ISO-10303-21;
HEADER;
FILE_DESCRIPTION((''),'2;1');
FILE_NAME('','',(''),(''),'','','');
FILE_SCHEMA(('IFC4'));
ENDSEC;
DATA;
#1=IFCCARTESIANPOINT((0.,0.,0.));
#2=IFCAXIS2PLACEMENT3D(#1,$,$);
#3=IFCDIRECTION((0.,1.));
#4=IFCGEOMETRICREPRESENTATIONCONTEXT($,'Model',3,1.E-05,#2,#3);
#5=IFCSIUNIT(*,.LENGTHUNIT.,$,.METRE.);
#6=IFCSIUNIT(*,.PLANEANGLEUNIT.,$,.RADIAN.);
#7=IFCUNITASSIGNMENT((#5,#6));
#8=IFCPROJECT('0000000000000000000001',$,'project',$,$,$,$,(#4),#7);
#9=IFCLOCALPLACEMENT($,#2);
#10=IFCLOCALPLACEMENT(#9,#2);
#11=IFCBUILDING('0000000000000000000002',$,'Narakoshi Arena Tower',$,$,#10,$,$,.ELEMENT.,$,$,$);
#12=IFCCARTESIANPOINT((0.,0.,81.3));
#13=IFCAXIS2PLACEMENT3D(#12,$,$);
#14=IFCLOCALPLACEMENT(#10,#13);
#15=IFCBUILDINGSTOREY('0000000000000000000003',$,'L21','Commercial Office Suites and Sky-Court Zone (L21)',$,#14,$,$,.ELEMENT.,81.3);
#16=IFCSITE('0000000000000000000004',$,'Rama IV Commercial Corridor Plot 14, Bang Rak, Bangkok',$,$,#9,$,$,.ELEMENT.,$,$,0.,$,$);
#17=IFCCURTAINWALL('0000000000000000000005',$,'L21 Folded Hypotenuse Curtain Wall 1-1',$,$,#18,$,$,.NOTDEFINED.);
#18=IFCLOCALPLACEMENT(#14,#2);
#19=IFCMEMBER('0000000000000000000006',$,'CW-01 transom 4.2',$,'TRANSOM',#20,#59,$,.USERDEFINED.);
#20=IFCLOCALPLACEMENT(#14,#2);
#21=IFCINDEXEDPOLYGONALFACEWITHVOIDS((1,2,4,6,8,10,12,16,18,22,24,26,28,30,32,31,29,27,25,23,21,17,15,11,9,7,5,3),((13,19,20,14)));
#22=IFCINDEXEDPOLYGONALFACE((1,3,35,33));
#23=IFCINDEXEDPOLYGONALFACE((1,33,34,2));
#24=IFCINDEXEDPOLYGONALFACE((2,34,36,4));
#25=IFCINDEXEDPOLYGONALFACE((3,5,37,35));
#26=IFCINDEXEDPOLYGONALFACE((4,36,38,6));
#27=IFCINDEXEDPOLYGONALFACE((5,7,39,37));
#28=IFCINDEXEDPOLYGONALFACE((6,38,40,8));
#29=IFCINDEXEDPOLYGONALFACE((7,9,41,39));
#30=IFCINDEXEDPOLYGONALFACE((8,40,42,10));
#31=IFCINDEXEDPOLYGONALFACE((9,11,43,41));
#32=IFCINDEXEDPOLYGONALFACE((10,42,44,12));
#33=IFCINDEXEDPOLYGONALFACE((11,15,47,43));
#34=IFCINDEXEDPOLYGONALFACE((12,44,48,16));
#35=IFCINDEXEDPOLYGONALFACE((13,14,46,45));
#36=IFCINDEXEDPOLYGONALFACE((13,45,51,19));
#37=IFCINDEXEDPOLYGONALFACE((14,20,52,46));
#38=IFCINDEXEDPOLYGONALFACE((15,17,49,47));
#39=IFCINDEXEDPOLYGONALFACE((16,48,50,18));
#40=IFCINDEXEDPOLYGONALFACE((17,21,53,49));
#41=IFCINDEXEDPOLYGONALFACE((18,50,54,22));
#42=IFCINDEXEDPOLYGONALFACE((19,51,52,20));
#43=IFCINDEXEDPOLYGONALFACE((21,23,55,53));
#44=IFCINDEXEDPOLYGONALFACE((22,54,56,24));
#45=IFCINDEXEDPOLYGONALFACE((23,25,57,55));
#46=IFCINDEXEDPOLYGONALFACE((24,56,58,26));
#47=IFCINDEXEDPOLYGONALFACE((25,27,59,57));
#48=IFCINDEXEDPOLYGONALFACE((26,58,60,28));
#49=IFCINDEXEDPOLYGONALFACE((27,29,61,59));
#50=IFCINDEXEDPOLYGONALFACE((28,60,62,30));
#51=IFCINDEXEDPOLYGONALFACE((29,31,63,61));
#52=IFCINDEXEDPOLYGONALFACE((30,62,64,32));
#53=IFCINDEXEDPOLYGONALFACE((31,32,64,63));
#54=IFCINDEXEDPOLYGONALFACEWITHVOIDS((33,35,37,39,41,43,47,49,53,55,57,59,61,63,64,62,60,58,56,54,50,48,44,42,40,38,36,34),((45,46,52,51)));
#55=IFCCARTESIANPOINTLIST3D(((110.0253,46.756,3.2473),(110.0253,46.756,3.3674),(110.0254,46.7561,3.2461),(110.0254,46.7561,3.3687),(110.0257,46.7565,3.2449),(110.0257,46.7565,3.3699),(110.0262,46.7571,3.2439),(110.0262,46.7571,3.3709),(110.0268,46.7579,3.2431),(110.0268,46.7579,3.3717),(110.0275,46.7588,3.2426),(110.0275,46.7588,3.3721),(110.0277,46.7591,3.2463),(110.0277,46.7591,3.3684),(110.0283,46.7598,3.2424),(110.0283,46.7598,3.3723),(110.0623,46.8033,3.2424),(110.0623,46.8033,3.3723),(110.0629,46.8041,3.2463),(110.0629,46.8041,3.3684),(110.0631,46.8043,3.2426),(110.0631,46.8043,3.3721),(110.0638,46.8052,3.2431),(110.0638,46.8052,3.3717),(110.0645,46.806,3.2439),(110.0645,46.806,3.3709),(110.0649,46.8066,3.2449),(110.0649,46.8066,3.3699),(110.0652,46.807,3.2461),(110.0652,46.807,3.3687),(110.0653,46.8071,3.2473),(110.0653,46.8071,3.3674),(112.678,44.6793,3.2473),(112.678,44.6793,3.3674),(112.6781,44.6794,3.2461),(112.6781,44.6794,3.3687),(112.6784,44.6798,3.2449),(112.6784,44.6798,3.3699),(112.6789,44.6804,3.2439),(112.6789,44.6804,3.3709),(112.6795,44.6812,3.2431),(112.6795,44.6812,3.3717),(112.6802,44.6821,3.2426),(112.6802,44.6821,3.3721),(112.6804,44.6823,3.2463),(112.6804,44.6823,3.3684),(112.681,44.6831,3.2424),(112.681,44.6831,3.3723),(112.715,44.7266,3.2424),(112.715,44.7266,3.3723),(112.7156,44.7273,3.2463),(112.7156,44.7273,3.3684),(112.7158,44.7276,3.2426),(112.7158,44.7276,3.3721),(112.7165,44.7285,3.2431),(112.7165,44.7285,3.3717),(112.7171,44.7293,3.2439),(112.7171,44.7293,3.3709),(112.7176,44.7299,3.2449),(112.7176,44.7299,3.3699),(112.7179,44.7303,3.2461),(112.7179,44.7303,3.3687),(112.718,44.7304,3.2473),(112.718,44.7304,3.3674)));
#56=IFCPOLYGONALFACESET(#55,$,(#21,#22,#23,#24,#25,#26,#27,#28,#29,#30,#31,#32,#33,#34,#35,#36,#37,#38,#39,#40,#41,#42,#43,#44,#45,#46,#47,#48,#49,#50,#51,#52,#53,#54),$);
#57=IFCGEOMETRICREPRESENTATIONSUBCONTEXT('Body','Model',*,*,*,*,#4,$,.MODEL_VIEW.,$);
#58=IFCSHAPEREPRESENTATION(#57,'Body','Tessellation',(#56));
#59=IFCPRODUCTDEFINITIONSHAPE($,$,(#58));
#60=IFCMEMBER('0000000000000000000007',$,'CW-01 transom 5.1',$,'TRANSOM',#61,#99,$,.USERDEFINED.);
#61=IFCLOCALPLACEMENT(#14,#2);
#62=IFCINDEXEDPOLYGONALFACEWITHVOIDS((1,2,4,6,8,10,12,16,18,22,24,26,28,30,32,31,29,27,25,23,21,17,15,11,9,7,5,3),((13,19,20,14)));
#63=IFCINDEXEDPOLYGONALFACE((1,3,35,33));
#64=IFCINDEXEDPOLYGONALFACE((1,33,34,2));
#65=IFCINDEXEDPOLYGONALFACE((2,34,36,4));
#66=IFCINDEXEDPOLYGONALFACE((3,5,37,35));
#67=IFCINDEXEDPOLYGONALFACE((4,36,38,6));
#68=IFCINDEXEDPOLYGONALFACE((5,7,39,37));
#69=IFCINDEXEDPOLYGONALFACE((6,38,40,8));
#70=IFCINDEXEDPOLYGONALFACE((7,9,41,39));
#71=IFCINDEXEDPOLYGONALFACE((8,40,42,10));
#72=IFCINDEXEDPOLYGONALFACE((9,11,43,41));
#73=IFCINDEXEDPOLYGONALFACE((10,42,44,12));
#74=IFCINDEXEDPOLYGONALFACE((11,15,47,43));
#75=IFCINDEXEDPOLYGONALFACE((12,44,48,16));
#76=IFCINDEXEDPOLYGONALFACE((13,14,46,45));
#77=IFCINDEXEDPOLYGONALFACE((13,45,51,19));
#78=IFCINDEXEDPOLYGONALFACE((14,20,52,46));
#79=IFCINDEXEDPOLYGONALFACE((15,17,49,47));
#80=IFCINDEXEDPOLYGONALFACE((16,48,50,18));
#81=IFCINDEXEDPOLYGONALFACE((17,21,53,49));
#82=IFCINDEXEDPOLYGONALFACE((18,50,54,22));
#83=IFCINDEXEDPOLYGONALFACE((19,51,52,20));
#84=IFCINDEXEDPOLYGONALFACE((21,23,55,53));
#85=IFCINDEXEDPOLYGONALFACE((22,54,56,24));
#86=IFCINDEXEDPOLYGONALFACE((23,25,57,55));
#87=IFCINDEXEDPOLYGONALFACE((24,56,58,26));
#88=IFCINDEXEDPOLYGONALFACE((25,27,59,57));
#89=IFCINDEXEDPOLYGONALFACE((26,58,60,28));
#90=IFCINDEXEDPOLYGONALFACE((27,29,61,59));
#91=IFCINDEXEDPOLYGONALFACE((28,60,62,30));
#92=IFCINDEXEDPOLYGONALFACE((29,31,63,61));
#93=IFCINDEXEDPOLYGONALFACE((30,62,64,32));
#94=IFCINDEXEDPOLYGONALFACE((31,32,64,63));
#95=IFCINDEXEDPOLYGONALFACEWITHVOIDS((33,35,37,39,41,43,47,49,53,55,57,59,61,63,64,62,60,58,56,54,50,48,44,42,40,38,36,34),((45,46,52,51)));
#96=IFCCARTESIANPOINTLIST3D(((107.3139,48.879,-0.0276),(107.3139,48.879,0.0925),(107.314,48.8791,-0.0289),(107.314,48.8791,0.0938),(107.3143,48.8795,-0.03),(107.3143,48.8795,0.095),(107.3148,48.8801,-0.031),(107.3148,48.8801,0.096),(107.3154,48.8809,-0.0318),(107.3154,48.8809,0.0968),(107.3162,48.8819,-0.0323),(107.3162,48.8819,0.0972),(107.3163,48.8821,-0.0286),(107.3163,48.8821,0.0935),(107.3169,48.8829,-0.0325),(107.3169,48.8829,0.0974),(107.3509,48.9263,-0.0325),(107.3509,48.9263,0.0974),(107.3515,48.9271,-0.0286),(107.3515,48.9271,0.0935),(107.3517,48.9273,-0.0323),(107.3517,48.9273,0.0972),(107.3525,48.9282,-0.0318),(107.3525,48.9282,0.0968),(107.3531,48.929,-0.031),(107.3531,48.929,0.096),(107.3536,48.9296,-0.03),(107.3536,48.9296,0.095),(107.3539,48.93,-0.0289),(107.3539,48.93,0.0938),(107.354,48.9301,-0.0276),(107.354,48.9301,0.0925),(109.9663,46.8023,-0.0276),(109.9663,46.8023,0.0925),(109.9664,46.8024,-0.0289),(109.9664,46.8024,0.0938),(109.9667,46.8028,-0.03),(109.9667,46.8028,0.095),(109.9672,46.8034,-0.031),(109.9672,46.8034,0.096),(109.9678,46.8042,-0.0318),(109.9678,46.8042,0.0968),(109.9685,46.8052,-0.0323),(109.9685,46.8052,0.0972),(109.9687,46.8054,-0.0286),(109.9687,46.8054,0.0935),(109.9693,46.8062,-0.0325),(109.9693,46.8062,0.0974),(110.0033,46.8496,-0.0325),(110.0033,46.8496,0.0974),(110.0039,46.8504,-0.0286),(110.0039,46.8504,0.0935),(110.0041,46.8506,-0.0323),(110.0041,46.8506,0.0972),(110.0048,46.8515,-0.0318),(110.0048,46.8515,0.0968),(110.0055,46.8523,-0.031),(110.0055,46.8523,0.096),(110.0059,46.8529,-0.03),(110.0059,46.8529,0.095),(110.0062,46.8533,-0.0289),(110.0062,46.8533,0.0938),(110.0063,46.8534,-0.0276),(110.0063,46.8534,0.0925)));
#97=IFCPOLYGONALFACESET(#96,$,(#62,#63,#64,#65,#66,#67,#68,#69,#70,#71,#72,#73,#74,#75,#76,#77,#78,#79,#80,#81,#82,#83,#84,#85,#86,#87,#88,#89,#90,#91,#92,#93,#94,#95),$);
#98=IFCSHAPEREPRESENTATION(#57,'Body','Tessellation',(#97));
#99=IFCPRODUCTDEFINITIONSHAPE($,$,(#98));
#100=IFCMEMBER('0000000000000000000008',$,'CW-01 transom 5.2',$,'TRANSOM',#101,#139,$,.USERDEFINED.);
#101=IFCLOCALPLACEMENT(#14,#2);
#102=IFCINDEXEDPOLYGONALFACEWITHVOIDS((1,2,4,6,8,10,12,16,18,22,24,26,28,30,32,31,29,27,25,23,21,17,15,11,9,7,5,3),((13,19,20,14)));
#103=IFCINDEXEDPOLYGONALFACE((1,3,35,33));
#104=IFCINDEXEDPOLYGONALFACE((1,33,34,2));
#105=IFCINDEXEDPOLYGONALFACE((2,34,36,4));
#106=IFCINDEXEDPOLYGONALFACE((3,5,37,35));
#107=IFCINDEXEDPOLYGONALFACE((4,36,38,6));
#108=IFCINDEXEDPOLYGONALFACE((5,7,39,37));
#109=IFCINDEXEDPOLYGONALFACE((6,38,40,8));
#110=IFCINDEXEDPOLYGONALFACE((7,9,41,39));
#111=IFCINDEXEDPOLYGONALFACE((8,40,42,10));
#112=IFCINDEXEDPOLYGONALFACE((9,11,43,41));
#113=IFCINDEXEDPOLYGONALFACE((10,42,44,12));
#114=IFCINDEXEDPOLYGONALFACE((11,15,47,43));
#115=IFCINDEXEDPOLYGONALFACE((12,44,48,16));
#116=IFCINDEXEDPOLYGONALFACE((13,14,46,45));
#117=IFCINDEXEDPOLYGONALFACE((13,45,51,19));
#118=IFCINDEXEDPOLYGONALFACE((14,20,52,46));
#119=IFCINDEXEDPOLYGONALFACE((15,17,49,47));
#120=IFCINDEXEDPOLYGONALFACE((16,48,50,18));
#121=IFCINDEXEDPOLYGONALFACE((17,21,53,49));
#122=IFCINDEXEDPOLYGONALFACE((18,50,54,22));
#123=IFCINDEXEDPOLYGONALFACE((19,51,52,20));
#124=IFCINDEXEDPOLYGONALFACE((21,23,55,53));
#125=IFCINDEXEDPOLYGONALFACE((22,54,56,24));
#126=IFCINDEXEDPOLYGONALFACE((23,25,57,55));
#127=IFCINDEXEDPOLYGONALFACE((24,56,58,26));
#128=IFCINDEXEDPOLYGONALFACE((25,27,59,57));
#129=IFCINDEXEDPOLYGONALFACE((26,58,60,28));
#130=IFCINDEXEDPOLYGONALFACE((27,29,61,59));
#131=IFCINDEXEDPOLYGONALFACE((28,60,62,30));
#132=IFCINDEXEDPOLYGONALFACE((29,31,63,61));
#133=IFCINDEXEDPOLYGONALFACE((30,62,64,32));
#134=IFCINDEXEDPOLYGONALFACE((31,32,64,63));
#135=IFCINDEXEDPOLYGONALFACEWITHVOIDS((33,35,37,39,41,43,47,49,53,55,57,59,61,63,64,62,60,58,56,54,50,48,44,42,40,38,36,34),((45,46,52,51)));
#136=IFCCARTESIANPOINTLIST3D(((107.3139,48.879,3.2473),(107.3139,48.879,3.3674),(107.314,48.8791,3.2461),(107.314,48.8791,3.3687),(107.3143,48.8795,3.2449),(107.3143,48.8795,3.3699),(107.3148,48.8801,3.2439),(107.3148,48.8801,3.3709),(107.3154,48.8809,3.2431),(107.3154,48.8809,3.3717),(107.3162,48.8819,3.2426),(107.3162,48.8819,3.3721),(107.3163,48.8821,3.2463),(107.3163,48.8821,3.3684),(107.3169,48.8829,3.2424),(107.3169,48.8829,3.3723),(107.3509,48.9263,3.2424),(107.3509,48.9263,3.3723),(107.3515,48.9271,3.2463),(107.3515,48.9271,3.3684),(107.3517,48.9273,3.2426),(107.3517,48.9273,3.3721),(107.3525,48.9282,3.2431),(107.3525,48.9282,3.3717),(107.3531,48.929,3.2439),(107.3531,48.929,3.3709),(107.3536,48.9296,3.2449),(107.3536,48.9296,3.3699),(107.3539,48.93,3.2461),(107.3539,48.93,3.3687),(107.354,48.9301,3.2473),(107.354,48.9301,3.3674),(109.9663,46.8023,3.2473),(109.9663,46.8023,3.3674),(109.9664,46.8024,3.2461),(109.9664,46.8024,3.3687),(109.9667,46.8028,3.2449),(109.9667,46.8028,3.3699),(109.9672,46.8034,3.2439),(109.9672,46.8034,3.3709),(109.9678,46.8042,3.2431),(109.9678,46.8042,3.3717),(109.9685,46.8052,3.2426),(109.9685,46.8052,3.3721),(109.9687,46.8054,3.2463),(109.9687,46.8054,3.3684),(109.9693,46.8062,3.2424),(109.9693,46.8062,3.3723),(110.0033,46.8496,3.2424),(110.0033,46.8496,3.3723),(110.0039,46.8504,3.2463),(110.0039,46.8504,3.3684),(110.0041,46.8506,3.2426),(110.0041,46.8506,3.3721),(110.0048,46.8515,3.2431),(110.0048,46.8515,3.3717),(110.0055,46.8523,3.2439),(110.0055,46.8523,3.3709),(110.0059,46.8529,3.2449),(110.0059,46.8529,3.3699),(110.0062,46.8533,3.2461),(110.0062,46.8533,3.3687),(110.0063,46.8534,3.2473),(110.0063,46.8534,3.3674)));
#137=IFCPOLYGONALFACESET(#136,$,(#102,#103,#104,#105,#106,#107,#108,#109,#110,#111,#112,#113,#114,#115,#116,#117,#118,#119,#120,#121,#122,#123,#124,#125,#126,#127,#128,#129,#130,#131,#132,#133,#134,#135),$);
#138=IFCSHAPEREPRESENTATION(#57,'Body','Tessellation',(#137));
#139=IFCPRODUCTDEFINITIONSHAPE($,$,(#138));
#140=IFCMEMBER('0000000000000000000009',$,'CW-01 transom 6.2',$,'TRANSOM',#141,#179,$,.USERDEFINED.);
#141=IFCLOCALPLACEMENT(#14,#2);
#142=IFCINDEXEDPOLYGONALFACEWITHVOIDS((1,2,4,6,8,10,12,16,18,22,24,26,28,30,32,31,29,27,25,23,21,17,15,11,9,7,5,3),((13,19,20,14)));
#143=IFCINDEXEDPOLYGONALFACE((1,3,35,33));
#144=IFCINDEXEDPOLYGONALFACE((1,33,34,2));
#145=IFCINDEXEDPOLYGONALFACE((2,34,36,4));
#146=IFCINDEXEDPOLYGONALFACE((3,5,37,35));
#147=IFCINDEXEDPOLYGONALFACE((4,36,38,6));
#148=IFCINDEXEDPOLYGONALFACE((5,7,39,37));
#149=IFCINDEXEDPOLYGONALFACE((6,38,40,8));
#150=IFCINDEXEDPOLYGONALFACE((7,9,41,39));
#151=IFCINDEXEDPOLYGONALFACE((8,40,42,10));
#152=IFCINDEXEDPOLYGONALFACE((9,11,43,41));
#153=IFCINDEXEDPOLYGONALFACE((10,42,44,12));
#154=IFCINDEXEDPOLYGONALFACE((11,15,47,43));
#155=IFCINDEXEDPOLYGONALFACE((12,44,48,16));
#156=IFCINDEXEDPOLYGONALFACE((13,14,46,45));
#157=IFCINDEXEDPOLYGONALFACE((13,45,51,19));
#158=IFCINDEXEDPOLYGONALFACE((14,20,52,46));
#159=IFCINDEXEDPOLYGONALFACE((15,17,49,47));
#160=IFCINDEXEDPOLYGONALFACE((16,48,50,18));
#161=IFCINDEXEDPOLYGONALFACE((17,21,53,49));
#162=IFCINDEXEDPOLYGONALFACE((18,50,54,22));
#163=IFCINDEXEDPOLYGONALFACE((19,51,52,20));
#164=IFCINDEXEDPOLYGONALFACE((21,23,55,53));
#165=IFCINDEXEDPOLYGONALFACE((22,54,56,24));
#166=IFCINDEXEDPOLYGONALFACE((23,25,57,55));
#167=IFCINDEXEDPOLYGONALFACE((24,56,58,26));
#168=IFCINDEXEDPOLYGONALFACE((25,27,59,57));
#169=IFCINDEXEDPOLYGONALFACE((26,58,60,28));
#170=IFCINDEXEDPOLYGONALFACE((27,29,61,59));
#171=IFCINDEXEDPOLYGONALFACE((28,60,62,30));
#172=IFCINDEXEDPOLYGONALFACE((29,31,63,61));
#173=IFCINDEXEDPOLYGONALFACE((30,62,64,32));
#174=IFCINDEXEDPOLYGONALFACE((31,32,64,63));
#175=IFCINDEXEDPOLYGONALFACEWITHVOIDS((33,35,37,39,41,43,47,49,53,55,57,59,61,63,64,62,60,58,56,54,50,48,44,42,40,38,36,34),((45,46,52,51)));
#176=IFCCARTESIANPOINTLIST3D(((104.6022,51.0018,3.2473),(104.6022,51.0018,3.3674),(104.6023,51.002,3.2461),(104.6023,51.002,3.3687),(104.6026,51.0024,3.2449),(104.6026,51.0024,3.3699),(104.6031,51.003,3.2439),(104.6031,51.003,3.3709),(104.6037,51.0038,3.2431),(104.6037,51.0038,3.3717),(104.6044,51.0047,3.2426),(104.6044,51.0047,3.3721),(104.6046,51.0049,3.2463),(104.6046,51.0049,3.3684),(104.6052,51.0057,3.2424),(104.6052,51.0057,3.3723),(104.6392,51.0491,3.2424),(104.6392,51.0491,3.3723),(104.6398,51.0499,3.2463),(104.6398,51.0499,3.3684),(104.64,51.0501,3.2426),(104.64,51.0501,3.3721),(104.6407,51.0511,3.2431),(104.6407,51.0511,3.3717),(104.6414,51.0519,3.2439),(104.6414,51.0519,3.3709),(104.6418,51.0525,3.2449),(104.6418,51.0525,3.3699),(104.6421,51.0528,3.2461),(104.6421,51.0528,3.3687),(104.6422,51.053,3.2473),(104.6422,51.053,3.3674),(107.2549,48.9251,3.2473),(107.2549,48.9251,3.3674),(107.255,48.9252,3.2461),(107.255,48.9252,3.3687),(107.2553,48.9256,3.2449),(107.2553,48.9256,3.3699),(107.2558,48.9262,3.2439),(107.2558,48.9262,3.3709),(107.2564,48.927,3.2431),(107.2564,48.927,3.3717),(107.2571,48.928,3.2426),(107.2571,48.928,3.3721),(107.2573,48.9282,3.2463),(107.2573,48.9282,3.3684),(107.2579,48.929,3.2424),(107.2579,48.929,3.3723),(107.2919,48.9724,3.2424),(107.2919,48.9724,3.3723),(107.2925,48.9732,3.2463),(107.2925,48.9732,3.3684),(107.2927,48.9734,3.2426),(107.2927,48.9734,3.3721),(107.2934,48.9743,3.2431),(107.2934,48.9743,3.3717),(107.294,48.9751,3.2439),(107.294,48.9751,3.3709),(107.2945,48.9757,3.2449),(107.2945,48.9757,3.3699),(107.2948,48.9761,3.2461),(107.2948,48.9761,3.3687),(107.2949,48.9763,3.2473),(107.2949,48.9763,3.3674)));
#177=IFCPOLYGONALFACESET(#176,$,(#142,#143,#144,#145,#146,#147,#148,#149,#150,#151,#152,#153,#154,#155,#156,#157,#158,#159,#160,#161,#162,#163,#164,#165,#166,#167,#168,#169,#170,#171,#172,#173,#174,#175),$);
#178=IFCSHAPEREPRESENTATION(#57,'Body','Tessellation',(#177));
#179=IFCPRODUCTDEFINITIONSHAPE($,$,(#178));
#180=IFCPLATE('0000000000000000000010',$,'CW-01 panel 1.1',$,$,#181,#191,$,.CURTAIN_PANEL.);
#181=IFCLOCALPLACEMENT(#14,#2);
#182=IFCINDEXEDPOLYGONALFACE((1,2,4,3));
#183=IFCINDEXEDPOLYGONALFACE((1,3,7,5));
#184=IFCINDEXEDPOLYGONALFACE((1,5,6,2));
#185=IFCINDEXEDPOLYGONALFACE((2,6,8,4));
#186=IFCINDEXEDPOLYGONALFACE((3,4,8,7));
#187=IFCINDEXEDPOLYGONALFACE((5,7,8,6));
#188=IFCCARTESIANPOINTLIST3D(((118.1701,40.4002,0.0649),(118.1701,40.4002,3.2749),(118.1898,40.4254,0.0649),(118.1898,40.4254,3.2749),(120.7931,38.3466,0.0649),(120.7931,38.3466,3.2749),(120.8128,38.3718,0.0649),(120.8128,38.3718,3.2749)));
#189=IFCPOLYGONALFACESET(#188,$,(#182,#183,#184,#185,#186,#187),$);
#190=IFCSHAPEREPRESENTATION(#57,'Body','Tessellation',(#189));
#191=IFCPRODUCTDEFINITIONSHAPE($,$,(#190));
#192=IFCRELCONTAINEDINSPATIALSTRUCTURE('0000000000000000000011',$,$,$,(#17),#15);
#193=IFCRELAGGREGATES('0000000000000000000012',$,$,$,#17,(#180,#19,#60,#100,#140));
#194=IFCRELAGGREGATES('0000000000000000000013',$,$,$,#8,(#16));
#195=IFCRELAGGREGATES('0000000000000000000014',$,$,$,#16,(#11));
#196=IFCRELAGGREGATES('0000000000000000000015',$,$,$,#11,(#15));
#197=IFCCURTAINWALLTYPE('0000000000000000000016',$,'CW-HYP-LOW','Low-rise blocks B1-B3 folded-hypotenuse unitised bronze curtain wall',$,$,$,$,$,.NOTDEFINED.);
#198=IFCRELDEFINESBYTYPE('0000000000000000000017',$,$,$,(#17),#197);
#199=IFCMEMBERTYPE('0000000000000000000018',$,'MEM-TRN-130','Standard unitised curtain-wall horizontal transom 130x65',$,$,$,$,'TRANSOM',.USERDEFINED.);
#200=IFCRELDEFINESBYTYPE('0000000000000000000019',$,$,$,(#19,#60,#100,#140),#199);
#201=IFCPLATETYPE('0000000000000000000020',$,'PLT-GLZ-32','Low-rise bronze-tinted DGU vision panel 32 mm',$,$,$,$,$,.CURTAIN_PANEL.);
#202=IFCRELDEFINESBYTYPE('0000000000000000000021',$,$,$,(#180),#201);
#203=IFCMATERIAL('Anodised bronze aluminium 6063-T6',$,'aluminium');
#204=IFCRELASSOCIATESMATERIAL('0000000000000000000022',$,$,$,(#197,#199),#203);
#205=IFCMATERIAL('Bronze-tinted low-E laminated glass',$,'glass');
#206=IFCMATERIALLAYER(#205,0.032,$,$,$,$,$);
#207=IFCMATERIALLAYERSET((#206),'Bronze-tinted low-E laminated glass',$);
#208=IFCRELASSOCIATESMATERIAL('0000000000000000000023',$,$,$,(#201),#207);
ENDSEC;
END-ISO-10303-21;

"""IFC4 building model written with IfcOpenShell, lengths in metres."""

from ifc_helpers import new_model, si_unit, direction, frame, origin, origin_2d, place, context, subcontext, project, spatial, rectangle, hollow_rectangle, extrude, material, layer, layer_set, material_profile, profile_set, type_object, element, aggregate, save


model = new_model("IFC4")

# Units and contexts
model_context = context("Model", 3, precision=1e-05, world=origin(), true_north=direction((0.0, 1.0)))
body_context = subcontext(model_context, "Body", "Model", "MODEL_VIEW")
ifc_project = project(units=[si_unit("LENGTHUNIT", "METRE"), si_unit("PLANEANGLEUNIT", "RADIAN")], contexts=[model_context])

# Site, building, storey
site_placement = place(None, origin())
site = spatial("IfcSite", under=ifc_project, at=site_placement, Name="Rama IV Commercial Corridor Plot 14, Bang Rak, Bangkok", CompositionType="ELEMENT", RefElevation=0.0)
building_placement = place(site_placement, origin())
building = spatial("IfcBuilding", under=site, at=building_placement, Name="Narakoshi Arena Tower", CompositionType="ELEMENT")
storey_placement = place(building_placement, frame((0.0, 0.0, 81.3)))
storey = spatial("IfcBuildingStorey", under=building, at=storey_placement, Name="L21", Description="Commercial Office Suites and Sky-Court Zone (L21)", CompositionType="ELEMENT", Elevation=81.3)

# Curtain wall, members, plate
ifc_material_1 = material(Name="Anodised bronze aluminium 6063-T6", Category="aluminium")
curtain_wall_type = type_object("IfcCurtainWallType", Name="CW-HYP-LOW", Description="Low-rise blocks B1-B3 folded-hypotenuse unitised bronze curtain wall", PredefinedType="NOTDEFINED", material=ifc_material_1)
curtain_wall_placement = place(storey_placement, origin())
curtain_wall = element("IfcCurtainWall", 1, at=curtain_wall_placement, inside=storey, type_object=curtain_wall_type, Name="L21 Folded Hypotenuse Curtain Wall 1-1", PredefinedType="NOTDEFINED")
ifc_material_profile_1 = material_profile(ifc_material_1, hollow_rectangle(XDim=0.0649, YDim=0.1299, WallThickness=0.0039, OuterFilletRadius=0.0049, at=origin_2d()), Name="TRN130x65x4")
ifc_profile_set_1 = profile_set([ifc_material_profile_1], Name="Anodised bronze aluminium 6063-T6")
member_type_1 = type_object("IfcMemberType", Name="MEM-TRN-130", Description="Standard unitised curtain-wall horizontal transom 130x65", ElementType="TRANSOM", PredefinedType="USERDEFINED", material=ifc_profile_set_1)
member_1_placement = place(storey_placement, frame((112.698, 44.7048, 3.3074), z_axis=(-0.787401, 0.616441, 0.0), x_axis=(-0.616441, -0.787401, 0.0)))
member_1 = element("IfcMember", 2, at=member_1_placement, type_object=member_type_1, Name="CW-01 transom 4.2", ObjectType="TRANSOM", PredefinedType="USERDEFINED", context=body_context, shape_type="SweptSolid", body=[
    extrude(hollow_rectangle(XDim=0.0649, YDim=0.1299, WallThickness=0.0039, OuterFilletRadius=0.0049, at=origin_2d()), origin(), (0.0, 0.0, 1.0), 3.3689),
])
member_2_placement = place(storey_placement, frame((109.9863, 46.8279, 0.0325), z_axis=(-0.787373, 0.616476, 0.0), x_axis=(-0.616476, -0.787373, 0.0)))
member_2 = element("IfcMember", 3, at=member_2_placement, type_object=member_type_1, Name="CW-01 transom 5.1", ObjectType="TRANSOM", PredefinedType="USERDEFINED", context=body_context, shape_type="SweptSolid", body=[
    extrude(hollow_rectangle(XDim=0.0649, YDim=0.1299, WallThickness=0.0039, OuterFilletRadius=0.0049, at=origin_2d()), origin(), (0.0, 0.0, 1.0), 3.3687),
])
member_3_placement = place(storey_placement, frame((109.9863, 46.8279, 3.3074), z_axis=(-0.787373, 0.616476, 0.0), x_axis=(-0.616476, -0.787373, 0.0)))
member_3 = element("IfcMember", 4, at=member_3_placement, type_object=member_type_1, Name="CW-01 transom 5.2", ObjectType="TRANSOM", PredefinedType="USERDEFINED", context=body_context, shape_type="SweptSolid", body=[
    extrude(hollow_rectangle(XDim=0.0649, YDim=0.1299, WallThickness=0.0039, OuterFilletRadius=0.0049, at=origin_2d()), origin(), (0.0, 0.0, 1.0), 3.3687),
])
member_4_placement = place(storey_placement, frame((107.2749, 48.9507, 3.3074), z_axis=(-0.787401, 0.616441, 0.0), x_axis=(-0.616441, -0.787401, 0.0)))
member_4 = element("IfcMember", 5, at=member_4_placement, type_object=member_type_1, Name="CW-01 transom 6.2", ObjectType="TRANSOM", PredefinedType="USERDEFINED", context=body_context, shape_type="SweptSolid", body=[
    extrude(hollow_rectangle(XDim=0.0649, YDim=0.1299, WallThickness=0.0039, OuterFilletRadius=0.0049, at=origin_2d()), origin(), (0.0, 0.0, 1.0), 3.3689),
])
ifc_material_2 = material(Name="Bronze-tinted low-E laminated glass", Category="glass")
ifc_layer_1 = layer(ifc_material_2, 0.032)
ifc_layer_set_1 = layer_set([ifc_layer_1], Name="Bronze-tinted low-E laminated glass")
plate_type = type_object("IfcPlateType", Name="PLT-GLZ-32", Description="Low-rise bronze-tinted DGU vision panel 32 mm", PredefinedType="CURTAIN_PANEL", material=ifc_layer_set_1)
plate_1_placement = place(storey_placement, frame((119.4915, 39.386, 0.0649), z_axis=(0.0, 0.0, 1.0), x_axis=(-0.787388, 0.616458, 0.0)))
plate_1 = element("IfcPlate", 6, at=plate_1_placement, type_object=plate_type, Name="CW-01 panel 1.1", PredefinedType="CURTAIN_PANEL", context=body_context, shape_type="SweptSolid", body=[
    extrude(rectangle(XDim=3.3313, YDim=0.032, at=origin_2d()), origin(), (0.0, 0.0, 1.0), 3.21),
])
aggregate(curtain_wall, [plate_1, member_1, member_2, member_3, member_4])

save(model, "model.ifc")
